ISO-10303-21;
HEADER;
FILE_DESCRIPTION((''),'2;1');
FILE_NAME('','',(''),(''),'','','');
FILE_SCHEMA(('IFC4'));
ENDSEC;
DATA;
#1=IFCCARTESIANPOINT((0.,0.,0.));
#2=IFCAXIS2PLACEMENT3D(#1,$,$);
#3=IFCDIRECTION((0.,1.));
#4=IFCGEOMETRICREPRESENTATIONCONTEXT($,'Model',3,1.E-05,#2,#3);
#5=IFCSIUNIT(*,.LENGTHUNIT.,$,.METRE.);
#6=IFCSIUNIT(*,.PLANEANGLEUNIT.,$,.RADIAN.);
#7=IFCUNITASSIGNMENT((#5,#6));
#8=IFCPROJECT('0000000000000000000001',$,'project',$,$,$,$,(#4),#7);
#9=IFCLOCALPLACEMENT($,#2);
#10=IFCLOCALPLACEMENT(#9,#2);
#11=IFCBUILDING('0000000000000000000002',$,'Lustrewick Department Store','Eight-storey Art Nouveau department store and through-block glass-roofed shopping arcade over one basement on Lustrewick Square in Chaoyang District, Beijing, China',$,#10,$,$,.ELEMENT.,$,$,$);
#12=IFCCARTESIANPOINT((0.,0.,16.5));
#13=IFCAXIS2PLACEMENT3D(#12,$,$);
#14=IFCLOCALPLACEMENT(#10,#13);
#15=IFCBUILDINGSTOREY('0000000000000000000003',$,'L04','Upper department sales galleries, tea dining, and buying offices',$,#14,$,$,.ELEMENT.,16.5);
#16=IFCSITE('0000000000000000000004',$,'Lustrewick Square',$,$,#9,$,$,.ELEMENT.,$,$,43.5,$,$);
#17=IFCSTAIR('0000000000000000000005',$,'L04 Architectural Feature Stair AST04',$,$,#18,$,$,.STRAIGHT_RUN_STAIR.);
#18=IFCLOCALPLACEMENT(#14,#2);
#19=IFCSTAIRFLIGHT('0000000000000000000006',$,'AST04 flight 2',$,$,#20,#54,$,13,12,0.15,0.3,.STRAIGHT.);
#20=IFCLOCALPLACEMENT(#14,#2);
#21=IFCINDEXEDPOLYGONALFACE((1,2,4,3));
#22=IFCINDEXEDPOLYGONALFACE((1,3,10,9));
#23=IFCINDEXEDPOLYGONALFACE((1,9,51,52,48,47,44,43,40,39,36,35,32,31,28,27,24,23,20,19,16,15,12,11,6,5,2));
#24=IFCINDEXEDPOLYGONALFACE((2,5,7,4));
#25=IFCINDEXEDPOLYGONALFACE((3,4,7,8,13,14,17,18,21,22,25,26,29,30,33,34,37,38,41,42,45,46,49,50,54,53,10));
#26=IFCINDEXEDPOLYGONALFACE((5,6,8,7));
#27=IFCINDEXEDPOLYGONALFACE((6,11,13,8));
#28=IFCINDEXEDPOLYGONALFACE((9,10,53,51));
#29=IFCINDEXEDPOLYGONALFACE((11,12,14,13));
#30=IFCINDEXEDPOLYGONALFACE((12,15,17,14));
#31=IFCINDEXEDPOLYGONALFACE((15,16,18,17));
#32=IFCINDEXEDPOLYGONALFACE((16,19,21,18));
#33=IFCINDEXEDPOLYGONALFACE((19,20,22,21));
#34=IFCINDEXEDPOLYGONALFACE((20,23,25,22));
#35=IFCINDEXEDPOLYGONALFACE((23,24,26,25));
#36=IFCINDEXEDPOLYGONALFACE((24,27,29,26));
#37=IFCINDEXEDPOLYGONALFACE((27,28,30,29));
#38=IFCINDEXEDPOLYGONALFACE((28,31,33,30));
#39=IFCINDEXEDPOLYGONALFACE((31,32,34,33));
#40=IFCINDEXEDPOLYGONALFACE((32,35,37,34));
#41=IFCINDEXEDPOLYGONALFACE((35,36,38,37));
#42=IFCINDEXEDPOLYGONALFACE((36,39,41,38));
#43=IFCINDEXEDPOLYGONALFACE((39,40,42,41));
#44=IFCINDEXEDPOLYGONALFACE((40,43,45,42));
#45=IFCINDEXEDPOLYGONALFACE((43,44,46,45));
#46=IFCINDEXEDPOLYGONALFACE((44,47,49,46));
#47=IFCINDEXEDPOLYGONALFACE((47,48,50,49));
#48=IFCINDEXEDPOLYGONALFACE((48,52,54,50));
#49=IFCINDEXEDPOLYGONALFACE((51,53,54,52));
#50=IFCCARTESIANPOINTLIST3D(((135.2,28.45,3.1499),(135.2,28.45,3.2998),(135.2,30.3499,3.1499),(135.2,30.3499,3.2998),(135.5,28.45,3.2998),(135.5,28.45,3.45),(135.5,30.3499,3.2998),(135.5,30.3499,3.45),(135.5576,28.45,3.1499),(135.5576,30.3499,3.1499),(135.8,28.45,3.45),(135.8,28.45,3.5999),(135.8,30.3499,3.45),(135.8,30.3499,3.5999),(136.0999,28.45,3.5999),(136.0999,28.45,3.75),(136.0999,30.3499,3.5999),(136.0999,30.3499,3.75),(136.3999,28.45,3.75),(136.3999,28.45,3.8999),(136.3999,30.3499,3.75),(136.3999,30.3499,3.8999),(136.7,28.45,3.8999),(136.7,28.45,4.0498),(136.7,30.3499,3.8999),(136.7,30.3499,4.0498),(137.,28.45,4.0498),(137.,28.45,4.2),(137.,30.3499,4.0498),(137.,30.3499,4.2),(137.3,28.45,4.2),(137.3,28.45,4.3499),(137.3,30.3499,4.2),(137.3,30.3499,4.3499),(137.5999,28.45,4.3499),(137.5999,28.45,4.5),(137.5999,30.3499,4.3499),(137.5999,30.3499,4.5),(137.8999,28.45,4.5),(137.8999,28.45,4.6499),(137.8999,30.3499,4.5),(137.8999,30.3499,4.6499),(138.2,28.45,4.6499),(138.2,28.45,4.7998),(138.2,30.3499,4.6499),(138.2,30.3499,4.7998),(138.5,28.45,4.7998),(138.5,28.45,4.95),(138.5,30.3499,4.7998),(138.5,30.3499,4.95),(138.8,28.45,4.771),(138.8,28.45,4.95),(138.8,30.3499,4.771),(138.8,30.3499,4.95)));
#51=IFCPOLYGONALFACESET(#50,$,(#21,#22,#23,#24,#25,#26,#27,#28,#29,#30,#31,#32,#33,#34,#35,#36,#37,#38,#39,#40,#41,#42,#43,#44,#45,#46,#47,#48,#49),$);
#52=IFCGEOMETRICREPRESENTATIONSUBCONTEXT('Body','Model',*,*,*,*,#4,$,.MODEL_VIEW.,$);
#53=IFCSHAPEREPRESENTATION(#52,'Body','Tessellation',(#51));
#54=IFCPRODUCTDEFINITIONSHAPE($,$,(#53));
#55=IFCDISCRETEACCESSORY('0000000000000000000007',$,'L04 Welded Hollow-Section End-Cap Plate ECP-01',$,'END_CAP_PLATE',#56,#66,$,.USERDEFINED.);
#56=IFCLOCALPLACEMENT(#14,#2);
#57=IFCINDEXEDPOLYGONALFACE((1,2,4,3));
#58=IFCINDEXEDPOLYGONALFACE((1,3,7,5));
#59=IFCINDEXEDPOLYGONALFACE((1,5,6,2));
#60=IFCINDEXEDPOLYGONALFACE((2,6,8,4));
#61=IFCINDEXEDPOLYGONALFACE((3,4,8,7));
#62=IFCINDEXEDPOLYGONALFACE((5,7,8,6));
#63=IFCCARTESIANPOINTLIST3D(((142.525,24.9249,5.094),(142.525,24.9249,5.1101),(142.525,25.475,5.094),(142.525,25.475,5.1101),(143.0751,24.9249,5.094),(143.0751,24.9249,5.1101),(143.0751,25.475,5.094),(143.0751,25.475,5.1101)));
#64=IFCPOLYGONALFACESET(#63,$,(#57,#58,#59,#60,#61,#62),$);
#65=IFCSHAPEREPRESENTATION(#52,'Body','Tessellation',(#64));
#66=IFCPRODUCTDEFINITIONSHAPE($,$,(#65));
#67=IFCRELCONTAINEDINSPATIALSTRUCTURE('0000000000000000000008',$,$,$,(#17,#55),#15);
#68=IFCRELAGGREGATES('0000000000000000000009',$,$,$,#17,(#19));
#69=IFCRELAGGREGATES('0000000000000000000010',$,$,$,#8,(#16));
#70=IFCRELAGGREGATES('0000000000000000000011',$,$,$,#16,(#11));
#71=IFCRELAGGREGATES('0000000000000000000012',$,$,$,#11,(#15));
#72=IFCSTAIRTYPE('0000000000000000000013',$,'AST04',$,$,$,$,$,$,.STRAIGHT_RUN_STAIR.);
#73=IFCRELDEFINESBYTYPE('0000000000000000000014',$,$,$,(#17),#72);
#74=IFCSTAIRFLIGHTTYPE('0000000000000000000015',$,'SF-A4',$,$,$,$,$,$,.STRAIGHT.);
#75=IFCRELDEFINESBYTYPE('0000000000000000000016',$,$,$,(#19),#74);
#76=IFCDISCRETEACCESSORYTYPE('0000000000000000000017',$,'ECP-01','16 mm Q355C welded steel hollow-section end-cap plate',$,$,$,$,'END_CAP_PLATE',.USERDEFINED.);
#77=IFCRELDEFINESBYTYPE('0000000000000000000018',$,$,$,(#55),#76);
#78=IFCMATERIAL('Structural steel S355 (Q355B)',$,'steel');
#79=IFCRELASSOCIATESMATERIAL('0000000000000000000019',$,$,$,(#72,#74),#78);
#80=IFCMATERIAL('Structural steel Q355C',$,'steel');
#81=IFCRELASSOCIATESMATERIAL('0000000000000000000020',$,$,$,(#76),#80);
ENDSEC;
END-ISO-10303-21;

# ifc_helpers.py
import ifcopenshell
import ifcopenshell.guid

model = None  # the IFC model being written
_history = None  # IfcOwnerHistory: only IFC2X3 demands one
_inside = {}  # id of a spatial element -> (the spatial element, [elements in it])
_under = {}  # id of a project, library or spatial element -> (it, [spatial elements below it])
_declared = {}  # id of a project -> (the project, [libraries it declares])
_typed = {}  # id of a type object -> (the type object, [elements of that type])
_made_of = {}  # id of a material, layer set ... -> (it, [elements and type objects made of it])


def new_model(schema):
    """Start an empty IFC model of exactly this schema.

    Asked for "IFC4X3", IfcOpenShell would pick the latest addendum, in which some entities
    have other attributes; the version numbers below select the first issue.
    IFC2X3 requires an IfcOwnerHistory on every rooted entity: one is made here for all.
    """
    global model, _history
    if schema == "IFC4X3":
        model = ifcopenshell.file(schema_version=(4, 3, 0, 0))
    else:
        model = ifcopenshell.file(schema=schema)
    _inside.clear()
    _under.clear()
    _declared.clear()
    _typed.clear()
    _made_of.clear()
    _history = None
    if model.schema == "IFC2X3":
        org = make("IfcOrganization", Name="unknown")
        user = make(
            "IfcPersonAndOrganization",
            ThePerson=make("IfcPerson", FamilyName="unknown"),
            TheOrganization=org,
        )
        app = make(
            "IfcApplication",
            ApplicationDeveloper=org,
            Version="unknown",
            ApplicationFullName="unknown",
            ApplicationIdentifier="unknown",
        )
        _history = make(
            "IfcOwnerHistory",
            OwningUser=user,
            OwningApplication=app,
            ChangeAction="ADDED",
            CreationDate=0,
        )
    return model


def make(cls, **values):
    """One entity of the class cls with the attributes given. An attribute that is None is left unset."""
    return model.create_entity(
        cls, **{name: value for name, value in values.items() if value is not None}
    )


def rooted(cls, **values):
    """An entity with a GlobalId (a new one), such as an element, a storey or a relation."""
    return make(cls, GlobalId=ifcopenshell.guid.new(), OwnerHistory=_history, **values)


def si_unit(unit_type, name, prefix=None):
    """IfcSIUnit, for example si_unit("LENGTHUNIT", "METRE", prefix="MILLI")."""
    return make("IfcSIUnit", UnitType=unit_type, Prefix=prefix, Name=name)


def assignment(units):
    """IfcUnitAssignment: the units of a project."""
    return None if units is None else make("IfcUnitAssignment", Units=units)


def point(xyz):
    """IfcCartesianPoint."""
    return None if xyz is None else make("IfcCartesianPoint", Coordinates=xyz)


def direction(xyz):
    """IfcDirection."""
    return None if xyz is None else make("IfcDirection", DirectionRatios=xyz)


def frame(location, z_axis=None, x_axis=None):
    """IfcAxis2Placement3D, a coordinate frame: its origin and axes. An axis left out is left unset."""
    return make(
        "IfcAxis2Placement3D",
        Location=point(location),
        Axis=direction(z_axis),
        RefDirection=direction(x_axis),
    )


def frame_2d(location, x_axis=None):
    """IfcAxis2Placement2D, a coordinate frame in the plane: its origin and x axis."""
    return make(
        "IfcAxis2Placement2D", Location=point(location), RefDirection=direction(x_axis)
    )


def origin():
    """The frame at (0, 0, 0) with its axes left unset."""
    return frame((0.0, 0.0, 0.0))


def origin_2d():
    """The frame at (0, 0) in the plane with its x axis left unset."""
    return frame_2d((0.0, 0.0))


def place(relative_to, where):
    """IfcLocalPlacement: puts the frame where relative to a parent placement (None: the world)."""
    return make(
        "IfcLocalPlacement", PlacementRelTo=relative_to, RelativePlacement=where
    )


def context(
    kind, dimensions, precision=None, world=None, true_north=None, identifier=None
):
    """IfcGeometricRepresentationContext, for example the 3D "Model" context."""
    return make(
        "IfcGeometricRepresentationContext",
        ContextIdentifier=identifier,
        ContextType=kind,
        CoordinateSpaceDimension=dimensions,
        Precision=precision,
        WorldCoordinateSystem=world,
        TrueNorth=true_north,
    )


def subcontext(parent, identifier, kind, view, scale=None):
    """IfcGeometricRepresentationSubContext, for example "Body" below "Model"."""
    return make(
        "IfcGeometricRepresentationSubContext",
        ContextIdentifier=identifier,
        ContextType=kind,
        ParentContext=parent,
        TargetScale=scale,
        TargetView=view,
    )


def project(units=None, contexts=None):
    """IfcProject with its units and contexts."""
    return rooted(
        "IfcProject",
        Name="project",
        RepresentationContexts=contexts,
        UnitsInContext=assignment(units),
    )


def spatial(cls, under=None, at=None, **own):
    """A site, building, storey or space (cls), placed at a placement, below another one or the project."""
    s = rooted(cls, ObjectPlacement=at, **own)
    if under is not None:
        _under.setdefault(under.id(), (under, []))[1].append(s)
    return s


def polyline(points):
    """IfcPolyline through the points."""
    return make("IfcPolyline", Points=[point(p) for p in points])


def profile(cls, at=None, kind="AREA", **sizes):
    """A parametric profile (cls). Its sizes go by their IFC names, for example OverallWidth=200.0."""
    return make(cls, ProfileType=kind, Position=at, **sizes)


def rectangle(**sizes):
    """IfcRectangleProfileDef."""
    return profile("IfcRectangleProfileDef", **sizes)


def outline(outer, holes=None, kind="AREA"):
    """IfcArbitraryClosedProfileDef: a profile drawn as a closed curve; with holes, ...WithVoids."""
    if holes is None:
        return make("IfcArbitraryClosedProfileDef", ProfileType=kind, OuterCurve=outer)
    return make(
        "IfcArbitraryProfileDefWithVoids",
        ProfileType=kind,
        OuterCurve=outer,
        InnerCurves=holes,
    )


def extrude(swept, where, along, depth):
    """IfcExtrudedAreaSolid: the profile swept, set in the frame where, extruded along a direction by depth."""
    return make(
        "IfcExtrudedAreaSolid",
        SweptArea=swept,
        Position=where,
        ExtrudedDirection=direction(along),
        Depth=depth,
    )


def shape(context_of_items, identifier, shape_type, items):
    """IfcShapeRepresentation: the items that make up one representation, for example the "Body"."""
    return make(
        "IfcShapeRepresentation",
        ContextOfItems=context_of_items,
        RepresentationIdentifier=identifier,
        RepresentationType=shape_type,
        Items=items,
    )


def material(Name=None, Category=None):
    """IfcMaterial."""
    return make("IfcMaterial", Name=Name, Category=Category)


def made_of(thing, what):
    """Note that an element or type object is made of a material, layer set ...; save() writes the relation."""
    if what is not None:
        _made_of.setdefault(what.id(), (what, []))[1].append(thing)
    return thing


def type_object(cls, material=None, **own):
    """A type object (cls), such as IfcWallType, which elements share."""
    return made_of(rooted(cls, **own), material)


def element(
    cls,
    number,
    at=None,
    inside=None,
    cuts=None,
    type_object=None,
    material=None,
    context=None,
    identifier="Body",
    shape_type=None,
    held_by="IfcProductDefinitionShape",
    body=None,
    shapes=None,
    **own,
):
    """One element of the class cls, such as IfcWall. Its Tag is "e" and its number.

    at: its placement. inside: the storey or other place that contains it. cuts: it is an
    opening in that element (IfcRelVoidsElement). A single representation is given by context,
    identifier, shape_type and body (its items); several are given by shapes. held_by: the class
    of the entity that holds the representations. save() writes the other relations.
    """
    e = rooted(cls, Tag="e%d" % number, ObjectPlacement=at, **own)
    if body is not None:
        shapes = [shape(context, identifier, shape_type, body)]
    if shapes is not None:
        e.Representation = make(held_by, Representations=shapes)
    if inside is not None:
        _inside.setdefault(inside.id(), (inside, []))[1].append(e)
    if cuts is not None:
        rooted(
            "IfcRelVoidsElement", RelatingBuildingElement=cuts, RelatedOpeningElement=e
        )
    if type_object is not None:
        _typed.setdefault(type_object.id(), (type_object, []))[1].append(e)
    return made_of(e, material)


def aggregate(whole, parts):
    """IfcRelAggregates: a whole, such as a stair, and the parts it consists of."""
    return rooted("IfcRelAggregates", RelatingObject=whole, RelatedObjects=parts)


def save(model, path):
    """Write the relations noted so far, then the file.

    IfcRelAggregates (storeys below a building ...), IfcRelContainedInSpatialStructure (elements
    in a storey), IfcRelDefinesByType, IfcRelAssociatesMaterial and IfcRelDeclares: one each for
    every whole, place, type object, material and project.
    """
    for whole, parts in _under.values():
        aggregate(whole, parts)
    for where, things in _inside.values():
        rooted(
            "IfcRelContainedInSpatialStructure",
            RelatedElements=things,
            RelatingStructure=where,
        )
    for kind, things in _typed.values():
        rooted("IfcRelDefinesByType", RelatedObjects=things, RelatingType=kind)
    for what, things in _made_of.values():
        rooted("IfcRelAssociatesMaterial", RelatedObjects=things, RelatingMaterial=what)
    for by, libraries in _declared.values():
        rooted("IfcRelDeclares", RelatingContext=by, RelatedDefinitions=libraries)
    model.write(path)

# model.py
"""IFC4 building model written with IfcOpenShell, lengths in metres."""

from ifc_helpers import new_model, si_unit, direction, frame, origin, origin_2d, place, context, subcontext, project, spatial, polyline, rectangle, outline, extrude, material, type_object, element, aggregate, save


model = new_model("IFC4")

# Units and contexts
model_context = context("Model", 3, precision=1e-05, world=origin(), true_north=direction((0.0, 1.0)))
body_context = subcontext(model_context, "Body", "Model", "MODEL_VIEW")
ifc_project = project(units=[si_unit("LENGTHUNIT", "METRE"), si_unit("PLANEANGLEUNIT", "RADIAN")], contexts=[model_context])

# Site, building, storey
site_placement = place(None, origin())
site = spatial("IfcSite", under=ifc_project, at=site_placement, Name="Lustrewick Square", CompositionType="ELEMENT", RefElevation=43.5)
building_placement = place(site_placement, origin())
building = spatial("IfcBuilding", under=site, at=building_placement, Name="Lustrewick Department Store", Description="Eight-storey Art Nouveau department store and through-block glass-roofed shopping arcade over one basement on Lustrewick Square in Chaoyang District, Beijing, China", CompositionType="ELEMENT")
storey_placement = place(building_placement, frame((0.0, 0.0, 16.5)))
storey = spatial("IfcBuildingStorey", under=building, at=storey_placement, Name="L04", Description="Upper department sales galleries, tea dining, and buying offices", CompositionType="ELEMENT", Elevation=16.5)

# Shared definitions
ifc_material_1 = material(Name="Structural steel Q355C", Category="steel")

# Stair, stair flight
ifc_material_2 = material(Name="Structural steel S355 (Q355B)", Category="steel")
stair_type = type_object("IfcStairType", Name="AST04", PredefinedType="STRAIGHT_RUN_STAIR", material=ifc_material_2)
stair_placement = place(storey_placement, origin())
stair = element("IfcStair", 1, at=stair_placement, inside=storey, type_object=stair_type, Name="L04 Architectural Feature Stair AST04", PredefinedType="STRAIGHT_RUN_STAIR")
stair_flight_type = type_object("IfcStairFlightType", Name="SF-A4", PredefinedType="STRAIGHT", material=ifc_material_2)
stair_flight_placement = place(storey_placement, frame((135.2, 29.3999, 3.1499), z_axis=(0.0, 0.0, 1.0), x_axis=(1.0, 0.0, 0.0)))
stair_flight = element("IfcStairFlight", 2, at=stair_flight_placement, type_object=stair_flight_type, Name="AST04 flight 2", NumberOfRisers=13, NumberOfTreads=12, PredefinedType="STRAIGHT", RiserHeight=0.15, TreadLength=0.3, context=body_context, shape_type="SweptSolid", body=[
    extrude(outline(polyline([(0.0, 0.0), (0.0, 0.1499), (0.3, 0.1499), (0.3, 0.3), (0.6001, 0.3), (0.6001, 0.45), (0.8999, 0.45), (0.8999, 0.6001), (1.2, 0.6001), (1.2, 0.75), (1.5, 0.75), (1.5, 0.8999), (1.8, 0.8999), (1.8, 1.05), (2.1001, 1.05), (2.1001, 1.2), (2.3999, 1.2), (2.3999, 1.3501), (2.7, 1.3501), (2.7, 1.5), (3.0, 1.5), (3.0, 1.6499), (3.3, 1.6499), (3.3, 1.8), (3.6001, 1.8), (3.6001, 1.95), (3.6001, 1.6211), (0.3577, 0.0), (0.0, 0.0)])), frame((0.0, 0.95, 0.0), z_axis=(0.0, -1.0, 0.0), x_axis=(1.0, 0.0, 0.0)), (0.0, 0.0, 1.0), 1.8999),
])
aggregate(stair, [stair_flight])

# Discrete accessory
discrete_accessory_type = type_object("IfcDiscreteAccessoryType", Name="ECP-01", Description="16 mm Q355C welded steel hollow-section end-cap plate", ElementType="END_CAP_PLATE", PredefinedType="USERDEFINED", material=ifc_material_1)
discrete_accessory_placement = place(storey_placement, frame((142.8, 25.2, 5.094), z_axis=(0.0, 0.0, 1.0), x_axis=(1.0, 0.0, 0.0)))
element("IfcDiscreteAccessory", 3, at=discrete_accessory_placement, inside=storey, type_object=discrete_accessory_type, Name="L04 Welded Hollow-Section End-Cap Plate ECP-01", ObjectType="END_CAP_PLATE", PredefinedType="USERDEFINED", context=body_context, shape_type="SweptSolid", body=[
    extrude(rectangle(XDim=0.55, YDim=0.55, at=origin_2d()), origin(), (0.0, 0.0, 1.0), 0.0161),
])

save(model, "model.ifc")
